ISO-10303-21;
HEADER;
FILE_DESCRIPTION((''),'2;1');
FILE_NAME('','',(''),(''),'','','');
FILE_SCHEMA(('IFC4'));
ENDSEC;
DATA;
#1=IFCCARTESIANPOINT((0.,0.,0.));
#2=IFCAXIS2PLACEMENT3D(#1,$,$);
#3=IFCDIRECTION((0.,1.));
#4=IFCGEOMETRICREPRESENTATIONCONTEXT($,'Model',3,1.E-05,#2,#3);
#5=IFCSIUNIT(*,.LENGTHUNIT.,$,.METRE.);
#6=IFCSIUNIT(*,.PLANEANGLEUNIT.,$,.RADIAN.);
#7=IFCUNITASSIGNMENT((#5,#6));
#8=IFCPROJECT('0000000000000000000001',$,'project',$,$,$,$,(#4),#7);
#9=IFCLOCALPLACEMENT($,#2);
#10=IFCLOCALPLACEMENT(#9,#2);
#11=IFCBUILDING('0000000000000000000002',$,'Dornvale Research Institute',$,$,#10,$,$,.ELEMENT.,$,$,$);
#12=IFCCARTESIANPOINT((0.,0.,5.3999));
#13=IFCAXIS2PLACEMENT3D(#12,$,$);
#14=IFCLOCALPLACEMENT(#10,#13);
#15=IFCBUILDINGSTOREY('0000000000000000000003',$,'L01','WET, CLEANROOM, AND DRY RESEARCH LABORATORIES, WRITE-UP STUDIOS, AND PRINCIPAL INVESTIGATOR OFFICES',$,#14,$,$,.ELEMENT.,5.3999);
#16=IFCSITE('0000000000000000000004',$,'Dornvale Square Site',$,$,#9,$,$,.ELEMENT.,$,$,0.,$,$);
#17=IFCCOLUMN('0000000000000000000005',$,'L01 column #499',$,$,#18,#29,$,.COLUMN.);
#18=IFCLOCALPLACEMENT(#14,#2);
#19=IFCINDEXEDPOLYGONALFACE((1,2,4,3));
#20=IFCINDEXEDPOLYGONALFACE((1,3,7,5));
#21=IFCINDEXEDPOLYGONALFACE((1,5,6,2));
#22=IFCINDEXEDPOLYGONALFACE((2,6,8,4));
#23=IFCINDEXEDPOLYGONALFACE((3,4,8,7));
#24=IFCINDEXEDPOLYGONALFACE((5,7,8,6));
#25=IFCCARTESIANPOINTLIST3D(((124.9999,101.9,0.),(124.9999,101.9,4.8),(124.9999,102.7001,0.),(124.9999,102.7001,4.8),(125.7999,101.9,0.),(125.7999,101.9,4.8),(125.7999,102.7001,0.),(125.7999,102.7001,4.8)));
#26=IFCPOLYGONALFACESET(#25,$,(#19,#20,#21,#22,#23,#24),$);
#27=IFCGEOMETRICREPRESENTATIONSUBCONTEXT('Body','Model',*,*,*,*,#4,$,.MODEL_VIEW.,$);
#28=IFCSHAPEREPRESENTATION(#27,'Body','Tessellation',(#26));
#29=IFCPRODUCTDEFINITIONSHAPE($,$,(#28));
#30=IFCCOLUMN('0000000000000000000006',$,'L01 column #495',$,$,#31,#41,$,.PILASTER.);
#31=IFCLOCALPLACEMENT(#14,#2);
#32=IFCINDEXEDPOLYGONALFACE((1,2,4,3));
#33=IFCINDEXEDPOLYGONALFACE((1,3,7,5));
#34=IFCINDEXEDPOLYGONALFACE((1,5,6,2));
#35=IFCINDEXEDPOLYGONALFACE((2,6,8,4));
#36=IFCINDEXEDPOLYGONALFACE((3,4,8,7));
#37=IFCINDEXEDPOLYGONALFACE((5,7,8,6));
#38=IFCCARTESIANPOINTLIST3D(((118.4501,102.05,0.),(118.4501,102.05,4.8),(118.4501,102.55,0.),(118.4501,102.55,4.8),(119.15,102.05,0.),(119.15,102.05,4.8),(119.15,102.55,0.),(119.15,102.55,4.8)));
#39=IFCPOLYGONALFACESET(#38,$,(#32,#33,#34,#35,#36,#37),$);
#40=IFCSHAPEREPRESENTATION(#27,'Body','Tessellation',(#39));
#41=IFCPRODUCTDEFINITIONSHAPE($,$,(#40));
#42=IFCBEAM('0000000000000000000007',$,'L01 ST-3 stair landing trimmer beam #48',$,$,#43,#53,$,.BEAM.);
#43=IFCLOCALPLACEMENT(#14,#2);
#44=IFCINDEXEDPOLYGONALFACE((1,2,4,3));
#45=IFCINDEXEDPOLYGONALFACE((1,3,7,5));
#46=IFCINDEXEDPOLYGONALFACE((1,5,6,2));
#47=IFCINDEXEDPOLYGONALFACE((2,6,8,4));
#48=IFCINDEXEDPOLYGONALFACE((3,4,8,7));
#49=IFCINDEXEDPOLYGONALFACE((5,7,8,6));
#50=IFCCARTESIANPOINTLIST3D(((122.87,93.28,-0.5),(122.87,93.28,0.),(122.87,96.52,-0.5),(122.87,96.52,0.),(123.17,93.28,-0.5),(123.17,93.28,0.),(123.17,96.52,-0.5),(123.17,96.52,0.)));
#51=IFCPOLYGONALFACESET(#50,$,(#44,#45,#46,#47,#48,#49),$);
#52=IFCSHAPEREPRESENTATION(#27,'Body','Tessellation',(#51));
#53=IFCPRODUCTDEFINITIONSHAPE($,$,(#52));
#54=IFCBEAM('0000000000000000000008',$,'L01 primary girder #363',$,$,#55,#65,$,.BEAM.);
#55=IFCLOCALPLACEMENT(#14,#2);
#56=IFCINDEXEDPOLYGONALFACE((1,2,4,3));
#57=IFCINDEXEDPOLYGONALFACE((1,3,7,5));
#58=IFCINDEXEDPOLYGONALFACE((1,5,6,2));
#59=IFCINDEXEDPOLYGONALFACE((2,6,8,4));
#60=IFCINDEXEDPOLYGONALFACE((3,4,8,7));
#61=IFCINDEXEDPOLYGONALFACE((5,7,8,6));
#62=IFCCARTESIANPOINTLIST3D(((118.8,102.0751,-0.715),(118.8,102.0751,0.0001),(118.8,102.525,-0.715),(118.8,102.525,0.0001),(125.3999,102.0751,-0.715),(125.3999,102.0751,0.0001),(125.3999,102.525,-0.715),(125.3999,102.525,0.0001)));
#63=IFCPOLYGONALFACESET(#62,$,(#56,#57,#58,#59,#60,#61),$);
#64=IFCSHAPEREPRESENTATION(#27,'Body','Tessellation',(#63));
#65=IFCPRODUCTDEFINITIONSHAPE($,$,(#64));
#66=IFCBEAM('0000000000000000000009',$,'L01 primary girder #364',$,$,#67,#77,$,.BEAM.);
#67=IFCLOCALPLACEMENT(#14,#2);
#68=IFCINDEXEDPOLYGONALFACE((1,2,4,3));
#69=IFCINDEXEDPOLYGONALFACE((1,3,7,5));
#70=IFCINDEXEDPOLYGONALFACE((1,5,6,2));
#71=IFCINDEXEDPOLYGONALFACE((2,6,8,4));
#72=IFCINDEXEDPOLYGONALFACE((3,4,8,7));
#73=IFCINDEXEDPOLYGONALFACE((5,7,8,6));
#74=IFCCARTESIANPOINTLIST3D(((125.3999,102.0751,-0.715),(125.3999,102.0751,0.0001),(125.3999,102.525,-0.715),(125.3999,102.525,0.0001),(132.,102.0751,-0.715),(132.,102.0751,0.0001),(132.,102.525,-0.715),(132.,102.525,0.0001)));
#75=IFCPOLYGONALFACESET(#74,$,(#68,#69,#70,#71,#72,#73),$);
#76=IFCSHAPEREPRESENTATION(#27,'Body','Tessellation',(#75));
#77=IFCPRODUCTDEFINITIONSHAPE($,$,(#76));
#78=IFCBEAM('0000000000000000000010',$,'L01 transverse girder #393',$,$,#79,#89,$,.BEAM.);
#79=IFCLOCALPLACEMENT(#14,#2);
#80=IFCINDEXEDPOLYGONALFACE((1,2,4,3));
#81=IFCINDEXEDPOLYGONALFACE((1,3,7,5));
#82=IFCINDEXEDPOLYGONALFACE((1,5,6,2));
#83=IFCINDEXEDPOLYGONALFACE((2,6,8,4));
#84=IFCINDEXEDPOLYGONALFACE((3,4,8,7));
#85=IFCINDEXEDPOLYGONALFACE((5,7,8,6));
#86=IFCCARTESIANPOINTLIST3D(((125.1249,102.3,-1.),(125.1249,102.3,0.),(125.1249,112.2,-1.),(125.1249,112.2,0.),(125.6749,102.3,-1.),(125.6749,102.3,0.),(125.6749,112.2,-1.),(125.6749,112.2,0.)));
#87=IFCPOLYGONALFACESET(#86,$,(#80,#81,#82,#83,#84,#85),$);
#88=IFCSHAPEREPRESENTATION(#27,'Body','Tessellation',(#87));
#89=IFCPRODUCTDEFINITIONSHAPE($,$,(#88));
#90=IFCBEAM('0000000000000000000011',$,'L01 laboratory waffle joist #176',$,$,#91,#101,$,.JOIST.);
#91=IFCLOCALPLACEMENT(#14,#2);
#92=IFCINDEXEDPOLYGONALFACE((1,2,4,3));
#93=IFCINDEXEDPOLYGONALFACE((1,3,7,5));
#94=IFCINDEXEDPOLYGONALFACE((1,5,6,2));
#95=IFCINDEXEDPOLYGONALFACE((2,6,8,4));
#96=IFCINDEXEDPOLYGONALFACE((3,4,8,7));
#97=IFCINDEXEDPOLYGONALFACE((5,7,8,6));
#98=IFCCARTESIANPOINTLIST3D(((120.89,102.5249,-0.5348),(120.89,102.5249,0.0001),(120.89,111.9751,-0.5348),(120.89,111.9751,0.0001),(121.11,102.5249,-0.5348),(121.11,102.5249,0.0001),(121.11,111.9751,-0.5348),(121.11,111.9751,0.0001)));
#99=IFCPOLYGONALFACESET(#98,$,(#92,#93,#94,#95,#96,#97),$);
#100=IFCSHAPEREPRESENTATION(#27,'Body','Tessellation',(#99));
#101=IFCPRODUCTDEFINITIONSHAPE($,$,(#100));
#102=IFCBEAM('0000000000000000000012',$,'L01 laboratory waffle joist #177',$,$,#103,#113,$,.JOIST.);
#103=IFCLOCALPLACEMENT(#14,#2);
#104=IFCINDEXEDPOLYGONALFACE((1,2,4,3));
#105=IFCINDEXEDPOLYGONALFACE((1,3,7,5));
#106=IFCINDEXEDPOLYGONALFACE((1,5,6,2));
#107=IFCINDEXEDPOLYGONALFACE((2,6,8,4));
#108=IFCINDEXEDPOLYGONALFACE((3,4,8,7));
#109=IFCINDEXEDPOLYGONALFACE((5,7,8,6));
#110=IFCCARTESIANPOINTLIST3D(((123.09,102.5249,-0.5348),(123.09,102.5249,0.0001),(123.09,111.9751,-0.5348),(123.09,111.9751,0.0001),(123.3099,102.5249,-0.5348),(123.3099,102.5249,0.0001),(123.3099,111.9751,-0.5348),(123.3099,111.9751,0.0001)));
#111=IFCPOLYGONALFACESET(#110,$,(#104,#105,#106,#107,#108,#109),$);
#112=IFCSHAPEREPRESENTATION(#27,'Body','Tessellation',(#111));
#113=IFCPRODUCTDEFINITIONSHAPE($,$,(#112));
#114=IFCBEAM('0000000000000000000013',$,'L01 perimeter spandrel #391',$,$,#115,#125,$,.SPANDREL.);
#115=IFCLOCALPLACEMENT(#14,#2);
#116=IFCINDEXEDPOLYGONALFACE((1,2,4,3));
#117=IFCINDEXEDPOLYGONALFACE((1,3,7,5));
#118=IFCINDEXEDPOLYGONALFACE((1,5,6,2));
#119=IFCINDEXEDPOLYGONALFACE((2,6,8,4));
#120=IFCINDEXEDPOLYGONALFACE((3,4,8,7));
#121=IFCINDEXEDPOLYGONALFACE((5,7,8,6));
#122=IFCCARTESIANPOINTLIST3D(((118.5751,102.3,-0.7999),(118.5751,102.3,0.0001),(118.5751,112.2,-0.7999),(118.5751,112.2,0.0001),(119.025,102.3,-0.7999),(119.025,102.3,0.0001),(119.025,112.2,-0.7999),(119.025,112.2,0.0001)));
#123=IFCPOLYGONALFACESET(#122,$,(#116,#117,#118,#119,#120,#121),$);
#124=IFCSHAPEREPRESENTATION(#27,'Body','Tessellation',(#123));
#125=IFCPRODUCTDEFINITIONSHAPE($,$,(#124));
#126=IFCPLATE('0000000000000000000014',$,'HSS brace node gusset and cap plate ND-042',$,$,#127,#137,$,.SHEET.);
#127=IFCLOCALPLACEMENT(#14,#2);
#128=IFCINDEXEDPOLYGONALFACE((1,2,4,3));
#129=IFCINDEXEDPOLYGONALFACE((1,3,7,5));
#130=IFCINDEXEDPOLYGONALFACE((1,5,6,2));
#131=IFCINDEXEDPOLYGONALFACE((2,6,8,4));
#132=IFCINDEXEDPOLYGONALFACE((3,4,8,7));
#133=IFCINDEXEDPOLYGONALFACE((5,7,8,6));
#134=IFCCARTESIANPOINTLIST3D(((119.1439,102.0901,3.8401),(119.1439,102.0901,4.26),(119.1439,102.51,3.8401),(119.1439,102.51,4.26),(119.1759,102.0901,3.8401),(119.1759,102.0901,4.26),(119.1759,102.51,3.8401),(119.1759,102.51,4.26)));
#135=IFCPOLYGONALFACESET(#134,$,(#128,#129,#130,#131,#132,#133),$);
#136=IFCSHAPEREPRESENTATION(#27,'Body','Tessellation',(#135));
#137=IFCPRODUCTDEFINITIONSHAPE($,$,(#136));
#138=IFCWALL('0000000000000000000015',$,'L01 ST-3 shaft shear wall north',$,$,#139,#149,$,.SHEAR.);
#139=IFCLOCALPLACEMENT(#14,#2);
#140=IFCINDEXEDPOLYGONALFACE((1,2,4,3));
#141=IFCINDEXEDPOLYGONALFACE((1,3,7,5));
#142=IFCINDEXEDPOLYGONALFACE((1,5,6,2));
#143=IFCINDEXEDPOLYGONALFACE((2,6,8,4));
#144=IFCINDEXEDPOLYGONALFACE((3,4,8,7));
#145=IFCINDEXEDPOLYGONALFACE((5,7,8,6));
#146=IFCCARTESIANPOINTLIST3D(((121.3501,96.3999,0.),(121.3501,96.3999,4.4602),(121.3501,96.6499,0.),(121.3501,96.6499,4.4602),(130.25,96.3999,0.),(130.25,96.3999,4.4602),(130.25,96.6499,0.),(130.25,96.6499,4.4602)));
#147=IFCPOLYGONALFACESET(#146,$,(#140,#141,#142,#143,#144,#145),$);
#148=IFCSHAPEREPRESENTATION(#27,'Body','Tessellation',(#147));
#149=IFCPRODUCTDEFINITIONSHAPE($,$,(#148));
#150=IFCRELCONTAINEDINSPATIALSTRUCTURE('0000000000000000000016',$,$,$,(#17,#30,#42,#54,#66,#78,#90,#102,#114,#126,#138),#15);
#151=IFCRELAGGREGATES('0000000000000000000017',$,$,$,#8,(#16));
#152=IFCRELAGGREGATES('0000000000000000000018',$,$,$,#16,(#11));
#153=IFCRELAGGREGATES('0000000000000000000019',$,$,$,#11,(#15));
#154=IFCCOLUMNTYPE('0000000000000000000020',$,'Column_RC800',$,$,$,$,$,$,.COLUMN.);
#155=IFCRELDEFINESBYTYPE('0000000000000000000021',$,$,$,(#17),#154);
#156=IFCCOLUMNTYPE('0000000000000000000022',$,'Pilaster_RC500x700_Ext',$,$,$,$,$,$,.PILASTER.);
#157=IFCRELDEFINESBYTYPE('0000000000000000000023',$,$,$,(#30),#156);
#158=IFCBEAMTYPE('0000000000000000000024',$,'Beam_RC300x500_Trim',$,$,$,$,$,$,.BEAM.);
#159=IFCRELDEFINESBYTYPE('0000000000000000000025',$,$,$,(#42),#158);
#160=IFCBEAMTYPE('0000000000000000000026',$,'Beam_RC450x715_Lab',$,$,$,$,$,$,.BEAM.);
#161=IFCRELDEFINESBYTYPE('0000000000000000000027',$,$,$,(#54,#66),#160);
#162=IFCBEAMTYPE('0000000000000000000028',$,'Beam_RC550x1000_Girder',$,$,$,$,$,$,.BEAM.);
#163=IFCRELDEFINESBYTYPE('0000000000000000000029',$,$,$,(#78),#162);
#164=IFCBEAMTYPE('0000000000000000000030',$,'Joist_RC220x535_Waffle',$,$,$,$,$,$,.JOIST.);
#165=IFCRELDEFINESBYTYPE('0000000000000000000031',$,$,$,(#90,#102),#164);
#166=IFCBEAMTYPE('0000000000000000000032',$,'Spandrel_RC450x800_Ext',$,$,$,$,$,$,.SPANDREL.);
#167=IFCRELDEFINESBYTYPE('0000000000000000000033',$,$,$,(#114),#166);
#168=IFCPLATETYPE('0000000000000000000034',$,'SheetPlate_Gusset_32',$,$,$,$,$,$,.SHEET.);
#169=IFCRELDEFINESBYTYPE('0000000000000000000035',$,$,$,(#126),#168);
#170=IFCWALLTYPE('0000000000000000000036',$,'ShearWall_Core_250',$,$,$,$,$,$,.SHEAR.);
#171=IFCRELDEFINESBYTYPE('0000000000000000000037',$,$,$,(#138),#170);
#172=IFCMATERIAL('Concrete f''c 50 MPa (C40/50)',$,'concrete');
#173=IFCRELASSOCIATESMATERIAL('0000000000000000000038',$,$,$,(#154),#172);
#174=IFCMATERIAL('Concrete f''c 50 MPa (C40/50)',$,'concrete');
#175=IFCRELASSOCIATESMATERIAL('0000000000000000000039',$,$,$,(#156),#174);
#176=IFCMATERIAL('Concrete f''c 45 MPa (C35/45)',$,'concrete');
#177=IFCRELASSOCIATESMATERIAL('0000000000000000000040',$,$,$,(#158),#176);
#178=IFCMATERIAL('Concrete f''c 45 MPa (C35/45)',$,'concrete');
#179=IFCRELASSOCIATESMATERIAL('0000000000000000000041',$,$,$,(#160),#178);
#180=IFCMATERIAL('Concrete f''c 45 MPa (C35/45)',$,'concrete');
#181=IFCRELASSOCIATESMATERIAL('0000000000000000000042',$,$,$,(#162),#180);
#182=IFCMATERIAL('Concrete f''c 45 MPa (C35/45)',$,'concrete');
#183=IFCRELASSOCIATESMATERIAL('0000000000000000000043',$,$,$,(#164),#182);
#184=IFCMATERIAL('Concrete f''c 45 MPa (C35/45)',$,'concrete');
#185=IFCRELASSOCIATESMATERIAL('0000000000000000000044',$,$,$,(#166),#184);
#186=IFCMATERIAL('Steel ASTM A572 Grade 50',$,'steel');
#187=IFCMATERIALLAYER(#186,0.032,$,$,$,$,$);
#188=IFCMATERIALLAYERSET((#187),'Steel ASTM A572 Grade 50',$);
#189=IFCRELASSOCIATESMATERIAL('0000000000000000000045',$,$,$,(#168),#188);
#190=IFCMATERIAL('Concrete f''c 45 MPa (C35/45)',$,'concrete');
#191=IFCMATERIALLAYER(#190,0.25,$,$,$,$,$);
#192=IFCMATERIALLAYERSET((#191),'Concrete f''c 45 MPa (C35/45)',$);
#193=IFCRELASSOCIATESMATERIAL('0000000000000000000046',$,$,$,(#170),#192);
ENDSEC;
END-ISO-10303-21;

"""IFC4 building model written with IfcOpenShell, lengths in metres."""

from ifc_helpers import new_model, si_unit, direction, frame, frame_2d, origin, origin_2d, place, context, subcontext, project, spatial, rectangle, extrude, material, layer, layer_set, material_profile, profile_set, type_object, element, save


model = new_model("IFC4")

# Units and contexts
model_context = context("Model", 3, precision=1e-05, world=origin(), true_north=direction((0.0, 1.0)))
body_context = subcontext(model_context, "Body", "Model", "MODEL_VIEW")
ifc_project = project(units=[si_unit("LENGTHUNIT", "METRE"), si_unit("PLANEANGLEUNIT", "RADIAN")], contexts=[model_context])

# Site, building, storey
site_placement = place(None, origin())
site = spatial("IfcSite", under=ifc_project, at=site_placement, Name="Dornvale Square Site", CompositionType="ELEMENT", RefElevation=0.0)
building_placement = place(site_placement, origin())
building = spatial("IfcBuilding", under=site, at=building_placement, Name="Dornvale Research Institute", CompositionType="ELEMENT")
storey_placement = place(building_placement, frame((0.0, 0.0, 5.3999)))
storey = spatial("IfcBuildingStorey", under=building, at=storey_placement, Name="L01", Description="WET, CLEANROOM, AND DRY RESEARCH LABORATORIES, WRITE-UP STUDIOS, AND PRINCIPAL INVESTIGATOR OFFICES", CompositionType="ELEMENT", Elevation=5.3999)

# Columns
ifc_material_1 = material(Name="Concrete f'c 50 MPa (C40/50)", Category="concrete")
ifc_material_profile_1 = material_profile(ifc_material_1, rectangle(XDim=0.8, YDim=0.8, at=origin_2d()), Name="RC 800x800")
ifc_profile_set_1 = profile_set([ifc_material_profile_1], Name="Concrete f'c 50 MPa (C40/50)")
column_type_1 = type_object("IfcColumnType", Name="Column_RC800", PredefinedType="COLUMN", material=ifc_profile_set_1)
column_1_placement = place(storey_placement, frame((125.3999, 102.3, 0.0), z_axis=(0.0, 0.0, 1.0), x_axis=(1.0, 0.0, 0.0)))
element("IfcColumn", 1, at=column_1_placement, inside=storey, type_object=column_type_1, Name="L01 column #499", PredefinedType="COLUMN", context=body_context, shape_type="SweptSolid", body=[
    extrude(rectangle(XDim=0.8, YDim=0.8, at=origin_2d()), origin(), (0.0, 0.0, 1.0), 4.8),
])
ifc_material_2 = material(Name="Concrete f'c 50 MPa (C40/50)", Category="concrete")
ifc_material_profile_2 = material_profile(ifc_material_2, rectangle(XDim=0.5, YDim=0.7, at=origin_2d()), Name="RC 500x700")
ifc_profile_set_2 = profile_set([ifc_material_profile_2], Name="Concrete f'c 50 MPa (C40/50)")
column_type_2 = type_object("IfcColumnType", Name="Pilaster_RC500x700_Ext", PredefinedType="PILASTER", material=ifc_profile_set_2)
column_2_placement = place(storey_placement, frame((118.8, 102.3, 0.0), z_axis=(0.0, 0.0, 1.0), x_axis=(0.0, 1.0, 0.0)))
element("IfcColumn", 2, at=column_2_placement, inside=storey, type_object=column_type_2, Name="L01 column #495", PredefinedType="PILASTER", context=body_context, shape_type="SweptSolid", body=[
    extrude(rectangle(XDim=0.5, YDim=0.7, at=origin_2d()), origin(), (0.0, 0.0, 1.0), 4.8),
])

# Beams
ifc_material_3 = material(Name="Concrete f'c 45 MPa (C35/45)", Category="concrete")
ifc_material_profile_3 = material_profile(ifc_material_3, rectangle(XDim=0.3, YDim=0.5, at=origin_2d()), Name="RC 300x500")
ifc_profile_set_3 = profile_set([ifc_material_profile_3], Name="Concrete f'c 45 MPa (C35/45)")
beam_type_1 = type_object("IfcBeamType", Name="Beam_RC300x500_Trim", PredefinedType="BEAM", material=ifc_profile_set_3)
beam_1_placement = place(storey_placement, frame((123.02, 93.28, -0.25), z_axis=(0.0, 1.0, 0.0), x_axis=(-1.0, 0.0, 0.0)))
element("IfcBeam", 3, at=beam_1_placement, inside=storey, type_object=beam_type_1, Name="L01 ST-3 stair landing trimmer beam #48", PredefinedType="BEAM", context=body_context, shape_type="SweptSolid", body=[
    extrude(rectangle(XDim=0.3, YDim=0.5, at=origin_2d()), origin(), (0.0, 0.0, 1.0), 3.24),
])
ifc_material_4 = material(Name="Concrete f'c 45 MPa (C35/45)", Category="concrete")
ifc_material_profile_4 = material_profile(ifc_material_4, rectangle(XDim=0.45, YDim=0.7151, at=origin_2d()), Name="RC 450x715")
ifc_profile_set_4 = profile_set([ifc_material_profile_4], Name="Concrete f'c 45 MPa (C35/45)")
beam_type_2 = type_object("IfcBeamType", Name="Beam_RC450x715_Lab", PredefinedType="BEAM", material=ifc_profile_set_4)
beam_2_placement = place(storey_placement, frame((118.8, 102.3, -0.3574), z_axis=(1.0, 0.0, 0.0), x_axis=(0.0, 1.0, 0.0)))
element("IfcBeam", 4, at=beam_2_placement, inside=storey, type_object=beam_type_2, Name="L01 primary girder #363", PredefinedType="BEAM", context=body_context, shape_type="SweptSolid", body=[
    extrude(rectangle(XDim=0.45, YDim=0.7151, at=origin_2d()), origin(), (0.0, 0.0, 1.0), 6.5999),
])
beam_3_placement = place(storey_placement, frame((125.3999, 102.3, -0.3574), z_axis=(1.0, 0.0, 0.0), x_axis=(0.0, 1.0, 0.0)))
element("IfcBeam", 5, at=beam_3_placement, inside=storey, type_object=beam_type_2, Name="L01 primary girder #364", PredefinedType="BEAM", context=body_context, shape_type="SweptSolid", body=[
    extrude(rectangle(XDim=0.45, YDim=0.7151, at=origin_2d()), origin(), (0.0, 0.0, 1.0), 6.6001),
])
ifc_material_5 = material(Name="Concrete f'c 45 MPa (C35/45)", Category="concrete")
ifc_material_profile_5 = material_profile(ifc_material_5, rectangle(XDim=0.55, YDim=1.0, at=origin_2d()), Name="RC 550x1000")
ifc_profile_set_5 = profile_set([ifc_material_profile_5], Name="Concrete f'c 45 MPa (C35/45)")
beam_type_3 = type_object("IfcBeamType", Name="Beam_RC550x1000_Girder", PredefinedType="BEAM", material=ifc_profile_set_5)
beam_4_placement = place(storey_placement, frame((125.3999, 102.3, -0.5), z_axis=(0.0, 1.0, 0.0), x_axis=(-1.0, 0.0, 0.0)))
element("IfcBeam", 6, at=beam_4_placement, inside=storey, type_object=beam_type_3, Name="L01 transverse girder #393", PredefinedType="BEAM", context=body_context, shape_type="SweptSolid", body=[
    extrude(rectangle(XDim=0.55, YDim=1.0, at=origin_2d()), origin(), (0.0, 0.0, 1.0), 9.8999),
])
ifc_material_6 = material(Name="Concrete f'c 45 MPa (C35/45)", Category="concrete")
ifc_material_profile_6 = material_profile(ifc_material_6, rectangle(XDim=0.22, YDim=0.5349, at=origin_2d()), Name="RC 220x535")
ifc_profile_set_6 = profile_set([ifc_material_profile_6], Name="Concrete f'c 45 MPa (C35/45)")
beam_type_4 = type_object("IfcBeamType", Name="Joist_RC220x535_Waffle", PredefinedType="JOIST", material=ifc_profile_set_6)
for number, where, z_axis, x_axis, name in (
    (7, (121.0, 102.5249, -0.2673), (0.0, 1.0, 0.0), (-1.0, 0.0, 0.0), "L01 laboratory waffle joist #176"),
    (8, (123.2, 102.5249, -0.2673), (0.0, 1.0, 0.0), (-1.0, 0.0, 0.0), "L01 laboratory waffle joist #177"),
):
    element("IfcBeam", number, at=place(storey_placement, frame(where, z_axis=z_axis, x_axis=x_axis)), inside=storey, type_object=beam_type_4, Name=name, PredefinedType="JOIST", context=body_context, shape_type="SweptSolid", body=[
        extrude(rectangle(XDim=0.22, YDim=0.5349, at=origin_2d()), origin(), (0.0, 0.0, 1.0), 9.4502),
    ])
ifc_material_7 = material(Name="Concrete f'c 45 MPa (C35/45)", Category="concrete")
ifc_material_profile_7 = material_profile(ifc_material_7, rectangle(XDim=0.45, YDim=0.8, at=origin_2d()), Name="RC 450x800")
ifc_profile_set_7 = profile_set([ifc_material_profile_7], Name="Concrete f'c 45 MPa (C35/45)")
beam_type_5 = type_object("IfcBeamType", Name="Spandrel_RC450x800_Ext", PredefinedType="SPANDREL", material=ifc_profile_set_7)
beam_5_placement = place(storey_placement, frame((118.8, 102.3, -0.3999), z_axis=(0.0, 1.0, 0.0), x_axis=(-1.0, 0.0, 0.0)))
element("IfcBeam", 9, at=beam_5_placement, inside=storey, type_object=beam_type_5, Name="L01 perimeter spandrel #391", PredefinedType="SPANDREL", context=body_context, shape_type="SweptSolid", body=[
    extrude(rectangle(XDim=0.45, YDim=0.8, at=origin_2d()), origin(), (0.0, 0.0, 1.0), 9.8999),
])

# Plate
ifc_material_8 = material(Name="Steel ASTM A572 Grade 50", Category="steel")
ifc_layer_1 = layer(ifc_material_8, 0.032)
ifc_layer_set_1 = layer_set([ifc_layer_1], Name="Steel ASTM A572 Grade 50")
plate_type = type_object("IfcPlateType", Name="SheetPlate_Gusset_32", PredefinedType="SHEET", material=ifc_layer_set_1)
plate_placement = place(storey_placement, frame((119.1599, 102.3, 3.8401), z_axis=(0.0, 0.0, 1.0), x_axis=(0.0, 1.0, 0.0)))
element("IfcPlate", 10, at=plate_placement, inside=storey, type_object=plate_type, Name="HSS brace node gusset and cap plate ND-042", PredefinedType="SHEET", context=body_context, shape_type="SweptSolid", body=[
    extrude(rectangle(XDim=0.4199, YDim=0.032, at=origin_2d()), origin(), (0.0, 0.0, 1.0), 0.4199),
])

# Wall
ifc_material_9 = material(Name="Concrete f'c 45 MPa (C35/45)", Category="concrete")
ifc_layer_2 = layer(ifc_material_9, 0.25)
ifc_layer_set_2 = layer_set([ifc_layer_2], Name="Concrete f'c 45 MPa (C35/45)")
wall_type_1 = type_object("IfcWallType", Name="ShearWall_Core_250", PredefinedType="SHEAR", material=ifc_layer_set_2)
wall_1_placement = place(storey_placement, frame((121.3501, 96.5249, 0.0), z_axis=(0.0, 0.0, 1.0), x_axis=(1.0, 0.0, 0.0)))
element("IfcWall", 11, at=wall_1_placement, inside=storey, type_object=wall_type_1, Name="L01 ST-3 shaft shear wall north", PredefinedType="SHEAR", context=body_context, shape_type="SweptSolid", body=[
    extrude(rectangle(XDim=8.8999, YDim=0.25, at=frame_2d((4.45, 0.0))), origin(), (0.0, 0.0, 1.0), 4.4602),
])

save(model, "model.ifc")
